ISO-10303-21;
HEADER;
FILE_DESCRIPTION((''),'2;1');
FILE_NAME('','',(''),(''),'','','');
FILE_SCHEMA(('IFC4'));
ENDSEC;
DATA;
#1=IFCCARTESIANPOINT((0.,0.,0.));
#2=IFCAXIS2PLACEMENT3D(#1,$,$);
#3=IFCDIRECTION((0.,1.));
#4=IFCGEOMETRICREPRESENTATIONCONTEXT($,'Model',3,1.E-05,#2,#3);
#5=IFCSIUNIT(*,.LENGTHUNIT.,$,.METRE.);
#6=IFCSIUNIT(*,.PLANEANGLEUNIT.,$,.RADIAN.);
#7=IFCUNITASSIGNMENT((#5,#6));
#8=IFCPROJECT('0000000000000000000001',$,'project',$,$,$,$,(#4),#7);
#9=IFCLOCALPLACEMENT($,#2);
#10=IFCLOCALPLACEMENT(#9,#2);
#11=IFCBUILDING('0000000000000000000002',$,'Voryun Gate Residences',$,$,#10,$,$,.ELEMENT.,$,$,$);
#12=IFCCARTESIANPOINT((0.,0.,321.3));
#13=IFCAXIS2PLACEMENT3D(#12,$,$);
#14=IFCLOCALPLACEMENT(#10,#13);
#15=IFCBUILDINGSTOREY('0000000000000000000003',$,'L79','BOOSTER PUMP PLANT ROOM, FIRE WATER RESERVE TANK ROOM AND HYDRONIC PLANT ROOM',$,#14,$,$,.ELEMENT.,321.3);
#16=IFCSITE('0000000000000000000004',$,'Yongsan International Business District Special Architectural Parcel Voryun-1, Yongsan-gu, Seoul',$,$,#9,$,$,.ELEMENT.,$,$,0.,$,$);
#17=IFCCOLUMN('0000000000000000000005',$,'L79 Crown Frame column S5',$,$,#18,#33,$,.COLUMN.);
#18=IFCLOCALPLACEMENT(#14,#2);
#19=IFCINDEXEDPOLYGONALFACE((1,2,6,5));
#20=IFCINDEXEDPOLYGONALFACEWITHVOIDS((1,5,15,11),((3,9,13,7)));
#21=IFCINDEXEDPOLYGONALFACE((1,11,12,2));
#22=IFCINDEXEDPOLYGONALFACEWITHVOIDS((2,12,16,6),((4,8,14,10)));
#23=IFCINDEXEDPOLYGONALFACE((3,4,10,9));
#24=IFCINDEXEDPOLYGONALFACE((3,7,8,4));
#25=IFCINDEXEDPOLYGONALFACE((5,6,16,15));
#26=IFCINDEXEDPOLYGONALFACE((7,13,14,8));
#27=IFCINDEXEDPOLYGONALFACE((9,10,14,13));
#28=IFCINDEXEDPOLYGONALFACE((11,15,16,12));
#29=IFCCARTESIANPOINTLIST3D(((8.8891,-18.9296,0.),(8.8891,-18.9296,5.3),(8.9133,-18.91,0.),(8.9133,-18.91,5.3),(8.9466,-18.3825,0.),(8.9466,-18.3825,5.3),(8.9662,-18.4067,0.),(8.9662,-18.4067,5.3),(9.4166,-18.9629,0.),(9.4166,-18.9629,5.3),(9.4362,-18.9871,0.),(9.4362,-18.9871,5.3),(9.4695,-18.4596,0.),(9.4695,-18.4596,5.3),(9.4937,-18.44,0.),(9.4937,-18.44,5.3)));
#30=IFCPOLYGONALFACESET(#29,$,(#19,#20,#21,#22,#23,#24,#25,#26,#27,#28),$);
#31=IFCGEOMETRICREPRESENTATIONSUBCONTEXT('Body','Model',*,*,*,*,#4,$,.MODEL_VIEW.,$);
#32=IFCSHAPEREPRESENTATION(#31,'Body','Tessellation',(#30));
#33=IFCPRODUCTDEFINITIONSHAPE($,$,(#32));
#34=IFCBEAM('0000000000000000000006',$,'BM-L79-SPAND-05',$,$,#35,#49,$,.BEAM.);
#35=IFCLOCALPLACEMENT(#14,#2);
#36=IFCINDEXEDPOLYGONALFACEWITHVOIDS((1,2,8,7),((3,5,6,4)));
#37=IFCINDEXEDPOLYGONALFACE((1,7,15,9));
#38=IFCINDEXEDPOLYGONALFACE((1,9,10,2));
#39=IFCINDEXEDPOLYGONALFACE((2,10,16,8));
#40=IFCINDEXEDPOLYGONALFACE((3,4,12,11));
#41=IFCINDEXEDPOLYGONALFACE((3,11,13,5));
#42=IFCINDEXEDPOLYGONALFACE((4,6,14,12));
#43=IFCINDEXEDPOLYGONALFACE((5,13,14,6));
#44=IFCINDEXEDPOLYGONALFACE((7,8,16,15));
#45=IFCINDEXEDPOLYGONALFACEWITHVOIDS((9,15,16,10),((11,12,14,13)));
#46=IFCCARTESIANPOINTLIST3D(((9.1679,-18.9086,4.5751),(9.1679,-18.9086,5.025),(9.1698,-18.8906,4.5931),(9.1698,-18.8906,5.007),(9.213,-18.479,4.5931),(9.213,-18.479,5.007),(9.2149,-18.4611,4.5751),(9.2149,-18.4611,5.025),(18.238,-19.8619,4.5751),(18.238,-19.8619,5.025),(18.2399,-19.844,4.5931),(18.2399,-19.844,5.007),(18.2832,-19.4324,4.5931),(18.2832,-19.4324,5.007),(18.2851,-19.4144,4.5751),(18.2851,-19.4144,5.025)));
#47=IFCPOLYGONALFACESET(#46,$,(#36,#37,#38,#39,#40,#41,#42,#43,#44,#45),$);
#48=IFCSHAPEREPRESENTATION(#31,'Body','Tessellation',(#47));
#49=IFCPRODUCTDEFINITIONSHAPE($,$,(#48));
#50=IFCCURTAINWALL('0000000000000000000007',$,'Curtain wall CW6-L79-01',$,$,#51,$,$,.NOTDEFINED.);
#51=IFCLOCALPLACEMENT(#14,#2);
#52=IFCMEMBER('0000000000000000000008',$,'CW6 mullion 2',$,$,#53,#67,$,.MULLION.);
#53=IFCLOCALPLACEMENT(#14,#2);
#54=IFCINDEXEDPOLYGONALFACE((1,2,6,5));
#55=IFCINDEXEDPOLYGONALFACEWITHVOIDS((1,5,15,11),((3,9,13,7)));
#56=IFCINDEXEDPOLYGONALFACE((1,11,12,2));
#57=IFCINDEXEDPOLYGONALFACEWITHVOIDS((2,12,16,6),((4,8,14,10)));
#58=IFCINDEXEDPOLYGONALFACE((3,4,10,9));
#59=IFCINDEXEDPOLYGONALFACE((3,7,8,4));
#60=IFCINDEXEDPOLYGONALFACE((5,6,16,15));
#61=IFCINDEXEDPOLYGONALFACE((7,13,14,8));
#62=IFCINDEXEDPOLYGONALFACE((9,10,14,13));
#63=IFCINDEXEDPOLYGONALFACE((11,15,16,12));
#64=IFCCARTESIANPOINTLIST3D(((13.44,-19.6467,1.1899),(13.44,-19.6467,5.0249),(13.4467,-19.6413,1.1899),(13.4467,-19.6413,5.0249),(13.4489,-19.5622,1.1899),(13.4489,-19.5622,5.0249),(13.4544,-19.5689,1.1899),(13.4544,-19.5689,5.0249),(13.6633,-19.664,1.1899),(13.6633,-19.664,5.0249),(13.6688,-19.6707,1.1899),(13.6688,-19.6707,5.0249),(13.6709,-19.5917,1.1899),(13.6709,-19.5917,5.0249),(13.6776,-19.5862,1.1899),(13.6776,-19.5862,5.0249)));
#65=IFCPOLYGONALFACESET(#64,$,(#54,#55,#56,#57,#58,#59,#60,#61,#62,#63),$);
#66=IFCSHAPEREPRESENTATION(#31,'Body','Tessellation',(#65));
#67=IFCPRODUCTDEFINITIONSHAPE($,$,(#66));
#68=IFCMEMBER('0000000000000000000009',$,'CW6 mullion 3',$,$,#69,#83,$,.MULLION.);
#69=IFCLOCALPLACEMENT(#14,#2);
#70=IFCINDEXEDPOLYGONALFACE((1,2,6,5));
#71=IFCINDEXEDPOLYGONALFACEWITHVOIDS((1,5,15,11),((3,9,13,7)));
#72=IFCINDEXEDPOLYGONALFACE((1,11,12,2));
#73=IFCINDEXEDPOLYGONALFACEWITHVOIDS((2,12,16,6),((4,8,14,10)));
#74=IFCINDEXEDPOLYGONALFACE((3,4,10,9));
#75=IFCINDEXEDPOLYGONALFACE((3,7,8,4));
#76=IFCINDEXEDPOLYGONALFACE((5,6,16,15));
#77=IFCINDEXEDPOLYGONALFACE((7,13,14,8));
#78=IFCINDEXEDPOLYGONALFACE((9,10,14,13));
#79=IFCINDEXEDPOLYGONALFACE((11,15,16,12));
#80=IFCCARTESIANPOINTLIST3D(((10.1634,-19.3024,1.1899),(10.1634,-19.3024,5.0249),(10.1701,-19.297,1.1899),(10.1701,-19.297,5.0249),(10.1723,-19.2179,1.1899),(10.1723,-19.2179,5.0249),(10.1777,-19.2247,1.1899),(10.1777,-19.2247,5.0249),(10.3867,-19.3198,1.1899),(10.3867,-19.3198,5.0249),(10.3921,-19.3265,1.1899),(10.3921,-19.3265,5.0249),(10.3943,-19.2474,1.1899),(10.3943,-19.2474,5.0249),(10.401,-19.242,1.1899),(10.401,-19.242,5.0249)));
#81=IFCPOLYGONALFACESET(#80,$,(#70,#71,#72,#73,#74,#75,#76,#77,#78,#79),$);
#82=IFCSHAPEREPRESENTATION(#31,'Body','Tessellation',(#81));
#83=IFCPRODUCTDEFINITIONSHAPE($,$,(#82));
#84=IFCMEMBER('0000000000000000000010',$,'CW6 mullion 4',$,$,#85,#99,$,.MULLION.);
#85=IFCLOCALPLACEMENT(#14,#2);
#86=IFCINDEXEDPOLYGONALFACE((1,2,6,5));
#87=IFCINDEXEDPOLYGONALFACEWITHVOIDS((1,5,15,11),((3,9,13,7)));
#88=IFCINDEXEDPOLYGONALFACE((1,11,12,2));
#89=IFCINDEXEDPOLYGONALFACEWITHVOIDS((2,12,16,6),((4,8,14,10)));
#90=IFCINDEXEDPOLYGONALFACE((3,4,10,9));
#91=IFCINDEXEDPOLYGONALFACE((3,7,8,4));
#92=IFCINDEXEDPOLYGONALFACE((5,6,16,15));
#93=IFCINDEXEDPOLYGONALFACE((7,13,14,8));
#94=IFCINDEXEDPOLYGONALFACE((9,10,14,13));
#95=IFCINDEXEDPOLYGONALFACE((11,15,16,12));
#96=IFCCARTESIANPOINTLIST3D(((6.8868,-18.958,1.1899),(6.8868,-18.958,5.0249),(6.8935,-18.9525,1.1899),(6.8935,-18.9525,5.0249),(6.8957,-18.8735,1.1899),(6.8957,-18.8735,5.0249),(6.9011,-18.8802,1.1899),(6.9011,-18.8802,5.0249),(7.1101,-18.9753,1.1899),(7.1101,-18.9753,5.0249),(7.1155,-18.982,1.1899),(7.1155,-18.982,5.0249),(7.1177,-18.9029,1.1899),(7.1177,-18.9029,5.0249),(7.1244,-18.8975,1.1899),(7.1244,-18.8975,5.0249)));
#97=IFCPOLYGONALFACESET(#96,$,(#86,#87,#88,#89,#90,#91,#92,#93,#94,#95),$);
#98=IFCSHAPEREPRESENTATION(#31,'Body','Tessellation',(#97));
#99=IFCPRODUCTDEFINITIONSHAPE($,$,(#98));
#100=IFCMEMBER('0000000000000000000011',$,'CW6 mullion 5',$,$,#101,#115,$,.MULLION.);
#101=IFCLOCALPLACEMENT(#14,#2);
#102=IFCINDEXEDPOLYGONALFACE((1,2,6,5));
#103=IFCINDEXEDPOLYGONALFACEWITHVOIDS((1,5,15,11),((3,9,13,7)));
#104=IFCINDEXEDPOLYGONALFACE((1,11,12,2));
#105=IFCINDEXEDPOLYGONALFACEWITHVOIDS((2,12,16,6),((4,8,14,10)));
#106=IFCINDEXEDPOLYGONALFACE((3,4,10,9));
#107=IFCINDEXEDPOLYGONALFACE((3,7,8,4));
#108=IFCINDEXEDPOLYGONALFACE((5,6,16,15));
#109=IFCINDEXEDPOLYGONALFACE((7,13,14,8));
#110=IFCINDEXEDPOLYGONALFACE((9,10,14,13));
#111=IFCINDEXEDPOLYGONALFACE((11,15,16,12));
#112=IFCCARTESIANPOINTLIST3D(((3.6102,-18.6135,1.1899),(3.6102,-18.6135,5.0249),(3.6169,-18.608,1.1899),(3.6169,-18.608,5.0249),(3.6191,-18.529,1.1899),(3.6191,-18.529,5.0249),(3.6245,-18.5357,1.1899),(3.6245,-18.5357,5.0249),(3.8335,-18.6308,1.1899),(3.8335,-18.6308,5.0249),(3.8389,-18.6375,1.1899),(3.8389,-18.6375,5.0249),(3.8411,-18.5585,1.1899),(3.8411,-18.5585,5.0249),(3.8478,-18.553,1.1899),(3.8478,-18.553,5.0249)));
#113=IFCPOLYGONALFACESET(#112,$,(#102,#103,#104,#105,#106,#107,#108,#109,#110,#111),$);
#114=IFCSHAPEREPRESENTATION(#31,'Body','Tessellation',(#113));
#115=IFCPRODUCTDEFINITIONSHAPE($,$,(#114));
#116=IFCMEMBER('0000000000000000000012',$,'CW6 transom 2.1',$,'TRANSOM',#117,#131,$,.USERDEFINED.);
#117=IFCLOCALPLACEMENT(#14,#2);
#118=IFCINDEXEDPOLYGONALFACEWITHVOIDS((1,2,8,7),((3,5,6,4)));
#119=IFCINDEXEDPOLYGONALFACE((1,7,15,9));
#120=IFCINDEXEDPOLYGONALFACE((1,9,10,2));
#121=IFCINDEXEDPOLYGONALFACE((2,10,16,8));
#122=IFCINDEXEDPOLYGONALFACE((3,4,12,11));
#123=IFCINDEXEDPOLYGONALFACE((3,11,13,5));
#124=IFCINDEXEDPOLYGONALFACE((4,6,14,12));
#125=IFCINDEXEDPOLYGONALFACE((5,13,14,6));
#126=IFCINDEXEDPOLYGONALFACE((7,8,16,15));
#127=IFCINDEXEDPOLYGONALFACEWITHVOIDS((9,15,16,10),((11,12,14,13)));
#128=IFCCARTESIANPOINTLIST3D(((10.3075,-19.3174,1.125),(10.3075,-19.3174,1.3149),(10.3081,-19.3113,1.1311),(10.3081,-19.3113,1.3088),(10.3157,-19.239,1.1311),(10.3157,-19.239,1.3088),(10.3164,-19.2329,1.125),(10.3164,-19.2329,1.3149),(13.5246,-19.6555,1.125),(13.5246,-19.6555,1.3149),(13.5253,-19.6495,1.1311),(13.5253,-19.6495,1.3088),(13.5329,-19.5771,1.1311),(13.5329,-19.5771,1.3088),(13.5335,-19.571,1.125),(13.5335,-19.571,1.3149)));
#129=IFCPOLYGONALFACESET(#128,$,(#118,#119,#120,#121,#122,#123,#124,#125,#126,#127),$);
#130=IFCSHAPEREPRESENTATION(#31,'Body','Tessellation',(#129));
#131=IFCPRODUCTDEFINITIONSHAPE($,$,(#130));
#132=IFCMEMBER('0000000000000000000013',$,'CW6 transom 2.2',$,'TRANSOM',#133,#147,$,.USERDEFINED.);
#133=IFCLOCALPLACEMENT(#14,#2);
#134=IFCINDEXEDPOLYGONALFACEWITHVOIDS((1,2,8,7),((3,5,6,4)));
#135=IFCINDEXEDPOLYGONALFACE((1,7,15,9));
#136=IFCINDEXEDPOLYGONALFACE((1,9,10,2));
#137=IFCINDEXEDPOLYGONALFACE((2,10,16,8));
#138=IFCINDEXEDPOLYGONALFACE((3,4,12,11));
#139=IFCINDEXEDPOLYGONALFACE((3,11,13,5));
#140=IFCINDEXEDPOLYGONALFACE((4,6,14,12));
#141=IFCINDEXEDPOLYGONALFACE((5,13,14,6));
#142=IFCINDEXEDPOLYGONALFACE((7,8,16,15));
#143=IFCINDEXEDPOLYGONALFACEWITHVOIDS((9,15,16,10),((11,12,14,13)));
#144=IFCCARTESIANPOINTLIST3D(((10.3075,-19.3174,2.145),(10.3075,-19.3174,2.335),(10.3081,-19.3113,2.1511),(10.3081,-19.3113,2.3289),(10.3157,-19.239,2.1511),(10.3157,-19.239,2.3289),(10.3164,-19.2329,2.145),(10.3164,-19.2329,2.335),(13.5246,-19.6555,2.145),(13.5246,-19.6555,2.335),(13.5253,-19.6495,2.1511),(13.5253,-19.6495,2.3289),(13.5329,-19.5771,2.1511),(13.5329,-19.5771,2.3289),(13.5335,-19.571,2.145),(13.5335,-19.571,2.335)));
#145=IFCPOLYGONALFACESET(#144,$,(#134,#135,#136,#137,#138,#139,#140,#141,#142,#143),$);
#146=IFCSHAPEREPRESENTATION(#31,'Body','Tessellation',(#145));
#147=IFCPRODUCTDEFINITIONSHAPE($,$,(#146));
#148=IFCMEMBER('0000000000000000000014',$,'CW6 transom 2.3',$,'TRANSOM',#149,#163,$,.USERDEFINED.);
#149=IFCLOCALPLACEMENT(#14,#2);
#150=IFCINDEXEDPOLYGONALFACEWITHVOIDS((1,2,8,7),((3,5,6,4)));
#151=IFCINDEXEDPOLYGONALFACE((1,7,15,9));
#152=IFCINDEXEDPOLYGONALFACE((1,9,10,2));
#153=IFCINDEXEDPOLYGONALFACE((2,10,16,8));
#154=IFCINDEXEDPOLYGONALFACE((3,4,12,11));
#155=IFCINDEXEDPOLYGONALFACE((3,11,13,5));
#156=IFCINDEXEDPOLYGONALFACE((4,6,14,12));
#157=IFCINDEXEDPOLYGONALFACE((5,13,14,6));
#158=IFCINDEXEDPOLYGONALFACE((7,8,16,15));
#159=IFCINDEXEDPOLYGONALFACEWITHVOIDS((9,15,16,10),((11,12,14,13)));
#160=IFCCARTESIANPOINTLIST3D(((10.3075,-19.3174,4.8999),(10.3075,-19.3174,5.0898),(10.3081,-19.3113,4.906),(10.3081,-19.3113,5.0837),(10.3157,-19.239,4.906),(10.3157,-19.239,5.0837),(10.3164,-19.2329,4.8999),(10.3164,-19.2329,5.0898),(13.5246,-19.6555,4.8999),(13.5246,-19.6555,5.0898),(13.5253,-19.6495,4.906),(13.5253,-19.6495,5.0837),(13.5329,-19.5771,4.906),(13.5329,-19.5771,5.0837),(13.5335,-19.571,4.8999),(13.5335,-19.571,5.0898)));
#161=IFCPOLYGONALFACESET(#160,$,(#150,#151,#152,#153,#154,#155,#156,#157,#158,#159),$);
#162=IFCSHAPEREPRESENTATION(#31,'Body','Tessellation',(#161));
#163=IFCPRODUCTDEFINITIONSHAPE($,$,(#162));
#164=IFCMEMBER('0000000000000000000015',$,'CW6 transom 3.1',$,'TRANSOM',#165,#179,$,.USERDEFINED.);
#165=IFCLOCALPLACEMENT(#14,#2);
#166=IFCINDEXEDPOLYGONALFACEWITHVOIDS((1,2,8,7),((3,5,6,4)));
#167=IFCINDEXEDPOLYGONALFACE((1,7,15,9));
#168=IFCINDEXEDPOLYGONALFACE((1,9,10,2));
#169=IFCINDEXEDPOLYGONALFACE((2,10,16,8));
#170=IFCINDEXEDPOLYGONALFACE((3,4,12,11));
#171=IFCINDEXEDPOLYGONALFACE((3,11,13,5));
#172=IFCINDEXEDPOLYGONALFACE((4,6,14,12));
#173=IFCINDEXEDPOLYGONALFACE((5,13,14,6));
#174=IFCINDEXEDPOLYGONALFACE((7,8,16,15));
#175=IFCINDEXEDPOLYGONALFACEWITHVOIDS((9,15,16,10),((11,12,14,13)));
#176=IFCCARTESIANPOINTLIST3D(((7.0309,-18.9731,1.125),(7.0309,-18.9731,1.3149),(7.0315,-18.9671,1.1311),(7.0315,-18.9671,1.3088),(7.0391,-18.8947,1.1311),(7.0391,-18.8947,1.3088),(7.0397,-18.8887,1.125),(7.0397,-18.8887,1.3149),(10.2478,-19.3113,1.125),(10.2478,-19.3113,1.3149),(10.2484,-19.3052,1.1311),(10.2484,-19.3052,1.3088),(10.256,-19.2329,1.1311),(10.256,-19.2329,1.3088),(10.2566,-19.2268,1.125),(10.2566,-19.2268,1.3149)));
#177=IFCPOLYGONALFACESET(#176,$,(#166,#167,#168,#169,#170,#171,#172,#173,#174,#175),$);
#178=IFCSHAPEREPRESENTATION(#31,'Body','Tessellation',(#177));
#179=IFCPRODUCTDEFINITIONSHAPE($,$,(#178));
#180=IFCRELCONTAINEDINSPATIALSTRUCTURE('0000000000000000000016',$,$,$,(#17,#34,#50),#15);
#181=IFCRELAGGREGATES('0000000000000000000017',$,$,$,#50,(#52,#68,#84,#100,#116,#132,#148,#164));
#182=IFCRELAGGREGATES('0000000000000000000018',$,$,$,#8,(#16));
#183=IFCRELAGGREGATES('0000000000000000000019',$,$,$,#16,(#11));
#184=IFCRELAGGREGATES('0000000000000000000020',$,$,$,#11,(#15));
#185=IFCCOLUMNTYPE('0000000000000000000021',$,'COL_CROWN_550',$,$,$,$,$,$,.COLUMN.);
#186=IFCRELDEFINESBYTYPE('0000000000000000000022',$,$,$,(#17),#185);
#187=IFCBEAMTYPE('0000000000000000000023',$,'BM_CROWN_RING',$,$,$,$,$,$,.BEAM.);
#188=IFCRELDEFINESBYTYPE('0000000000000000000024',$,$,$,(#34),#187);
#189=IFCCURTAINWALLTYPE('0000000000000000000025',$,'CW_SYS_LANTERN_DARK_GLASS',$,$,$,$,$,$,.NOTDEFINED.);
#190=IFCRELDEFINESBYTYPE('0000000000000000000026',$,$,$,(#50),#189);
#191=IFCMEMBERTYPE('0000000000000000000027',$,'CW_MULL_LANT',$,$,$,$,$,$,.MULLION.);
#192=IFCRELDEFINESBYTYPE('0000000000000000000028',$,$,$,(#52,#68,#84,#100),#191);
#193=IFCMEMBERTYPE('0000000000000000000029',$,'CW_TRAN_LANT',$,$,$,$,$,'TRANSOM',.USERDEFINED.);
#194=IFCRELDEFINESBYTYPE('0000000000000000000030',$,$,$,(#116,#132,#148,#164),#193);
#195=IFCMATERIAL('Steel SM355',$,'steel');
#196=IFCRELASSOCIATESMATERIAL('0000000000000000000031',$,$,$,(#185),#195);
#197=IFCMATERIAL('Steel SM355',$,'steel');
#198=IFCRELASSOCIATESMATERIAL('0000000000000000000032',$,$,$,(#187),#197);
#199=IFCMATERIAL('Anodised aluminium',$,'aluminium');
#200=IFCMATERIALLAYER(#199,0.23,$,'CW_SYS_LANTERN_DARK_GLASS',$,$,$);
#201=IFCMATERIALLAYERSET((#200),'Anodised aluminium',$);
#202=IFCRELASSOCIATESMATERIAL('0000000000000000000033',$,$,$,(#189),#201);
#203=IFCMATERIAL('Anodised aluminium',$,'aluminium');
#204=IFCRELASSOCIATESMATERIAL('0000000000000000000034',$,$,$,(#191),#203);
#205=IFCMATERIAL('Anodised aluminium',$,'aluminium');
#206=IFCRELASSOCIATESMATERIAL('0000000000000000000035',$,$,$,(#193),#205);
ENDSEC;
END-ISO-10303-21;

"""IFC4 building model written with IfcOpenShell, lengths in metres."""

from ifc_helpers import new_model, si_unit, direction, frame, origin, origin_2d, place, context, subcontext, project, spatial, hollow_rectangle, extrude, material, layer, layer_set, material_profile, profile_set, type_object, element, aggregate, save


model = new_model("IFC4")

# Units and contexts
model_context = context("Model", 3, precision=1e-05, world=origin(), true_north=direction((0.0, 1.0)))
body_context = subcontext(model_context, "Body", "Model", "MODEL_VIEW")
ifc_project = project(units=[si_unit("LENGTHUNIT", "METRE"), si_unit("PLANEANGLEUNIT", "RADIAN")], contexts=[model_context])

# Site, building, storey
site_placement = place(None, origin())
site = spatial("IfcSite", under=ifc_project, at=site_placement, Name="Yongsan International Business District Special Architectural Parcel Voryun-1, Yongsan-gu, Seoul", CompositionType="ELEMENT", RefElevation=0.0)
building_placement = place(site_placement, origin())
building = spatial("IfcBuilding", under=site, at=building_placement, Name="Voryun Gate Residences", CompositionType="ELEMENT")
storey_placement = place(building_placement, frame((0.0, 0.0, 321.3)))
storey = spatial("IfcBuildingStorey", under=building, at=storey_placement, Name="L79", Description="BOOSTER PUMP PLANT ROOM, FIRE WATER RESERVE TANK ROOM AND HYDRONIC PLANT ROOM", CompositionType="ELEMENT", Elevation=321.3)

# Column
ifc_material_1 = material(Name="Steel SM355", Category="steel")
ifc_material_profile_1 = material_profile(ifc_material_1, hollow_rectangle(XDim=0.55, YDim=0.55, WallThickness=0.022, at=origin_2d()), Name="BOX-550x550x22")
ifc_profile_set_1 = profile_set([ifc_material_profile_1], Name="Steel SM355")
column_type = type_object("IfcColumnType", Name="COL_CROWN_550", PredefinedType="COLUMN", material=ifc_profile_set_1)
column_placement = place(storey_placement, frame((9.1914, -18.6848, 0.0), z_axis=(0.0, 0.0, 1.0), x_axis=(0.994522, -0.104528, 0.0)))
element("IfcColumn", 1, at=column_placement, inside=storey, type_object=column_type, Name="L79 Crown Frame column S5", PredefinedType="COLUMN", context=body_context, shape_type="SweptSolid", body=[
    extrude(hollow_rectangle(XDim=0.55, YDim=0.55, WallThickness=0.022, at=origin_2d()), origin(), (0.0, 0.0, 1.0), 5.3),
])

# Beam
ifc_material_2 = material(Name="Steel SM355", Category="steel")
ifc_material_profile_2 = material_profile(ifc_material_2, hollow_rectangle(XDim=0.45, YDim=0.45, WallThickness=0.0181, at=origin_2d()), Name="BOX-450x450x18")
ifc_profile_set_2 = profile_set([ifc_material_profile_2], Name="Steel SM355")
beam_type = type_object("IfcBeamType", Name="BM_CROWN_RING", PredefinedType="BEAM", material=ifc_profile_set_2)
beam_placement = place(storey_placement, frame((9.1914, -18.6848, 4.8), z_axis=(0.994521, -0.104536, 0.0), x_axis=(0.104536, 0.994521, 0.0)))
element("IfcBeam", 2, at=beam_placement, inside=storey, type_object=beam_type, Name="BM-L79-SPAND-05", PredefinedType="BEAM", context=body_context, shape_type="SweptSolid", body=[
    extrude(hollow_rectangle(XDim=0.45, YDim=0.45, WallThickness=0.0181, at=origin_2d()), origin(), (0.0, 0.0, 1.0), 9.1201),
])

# Curtain wall, members
ifc_material_3 = material(Name="Anodised aluminium", Category="aluminium")
ifc_layer_1 = layer(ifc_material_3, 0.23, Name="CW_SYS_LANTERN_DARK_GLASS")
ifc_layer_set_1 = layer_set([ifc_layer_1], Name="Anodised aluminium")
curtain_wall_type = type_object("IfcCurtainWallType", Name="CW_SYS_LANTERN_DARK_GLASS", PredefinedType="NOTDEFINED", material=ifc_layer_set_1)
curtain_wall_placement = place(storey_placement, origin())
curtain_wall = element("IfcCurtainWall", 3, at=curtain_wall_placement, inside=storey, type_object=curtain_wall_type, Name="Curtain wall CW6-L79-01", PredefinedType="NOTDEFINED")
ifc_material_4 = material(Name="Anodised aluminium", Category="aluminium")
ifc_material_profile_3 = material_profile(ifc_material_4, hollow_rectangle(XDim=0.085, YDim=0.23, WallThickness=0.0061, at=origin_2d()), Name="ALU-MULL-230x85x6")
ifc_profile_set_3 = profile_set([ifc_material_profile_3], Name="Anodised aluminium")
member_type_1 = type_object("IfcMemberType", Name="CW_MULL_LANT", PredefinedType="MULLION", material=ifc_profile_set_3)
member_1_placement = place(storey_placement, frame((13.5588, -19.6165, 1.1899), z_axis=(0.0, 0.0, 1.0), x_axis=(-0.104528, -0.994522, 0.0)))
member_1 = element("IfcMember", 4, at=member_1_placement, type_object=member_type_1, Name="CW6 mullion 2", PredefinedType="MULLION", context=body_context, shape_type="SweptSolid", body=[
    extrude(hollow_rectangle(XDim=0.085, YDim=0.23, WallThickness=0.0061, at=origin_2d()), origin(), (0.0, 0.0, 1.0), 3.835),
])
member_2_placement = place(storey_placement, frame((10.2822, -19.2722, 1.1899), z_axis=(0.0, 0.0, 1.0), x_axis=(-0.104528, -0.994522, 0.0)))
member_2 = element("IfcMember", 5, at=member_2_placement, type_object=member_type_1, Name="CW6 mullion 3", PredefinedType="MULLION", context=body_context, shape_type="SweptSolid", body=[
    extrude(hollow_rectangle(XDim=0.085, YDim=0.23, WallThickness=0.0061, at=origin_2d()), origin(), (0.0, 0.0, 1.0), 3.835),
])
member_3_placement = place(storey_placement, frame((7.0056, -18.9277, 1.1899), z_axis=(0.0, 0.0, 1.0), x_axis=(-0.104528, -0.994522, 0.0)))
member_3 = element("IfcMember", 6, at=member_3_placement, type_object=member_type_1, Name="CW6 mullion 4", PredefinedType="MULLION", context=body_context, shape_type="SweptSolid", body=[
    extrude(hollow_rectangle(XDim=0.085, YDim=0.23, WallThickness=0.0061, at=origin_2d()), origin(), (0.0, 0.0, 1.0), 3.835),
])
member_4_placement = place(storey_placement, frame((3.729, -18.5833, 1.1899), z_axis=(0.0, 0.0, 1.0), x_axis=(-0.104528, -0.994522, 0.0)))
member_4 = element("IfcMember", 7, at=member_4_placement, type_object=member_type_1, Name="CW6 mullion 5", PredefinedType="MULLION", context=body_context, shape_type="SweptSolid", body=[
    extrude(hollow_rectangle(XDim=0.085, YDim=0.23, WallThickness=0.0061, at=origin_2d()), origin(), (0.0, 0.0, 1.0), 3.835),
])
ifc_material_5 = material(Name="Anodised aluminium", Category="aluminium")
ifc_material_profile_4 = material_profile(ifc_material_5, hollow_rectangle(XDim=0.085, YDim=0.1899, WallThickness=0.0061, at=origin_2d()), Name="ALU-TRAN-190x85x6")
ifc_profile_set_4 = profile_set([ifc_material_profile_4], Name="Anodised aluminium")
member_type_2 = type_object("IfcMemberType", Name="CW_TRAN_LANT", ElementType="TRANSOM", PredefinedType="USERDEFINED", material=ifc_profile_set_4)
member_5_placement = place(storey_placement, frame((13.5291, -19.6133, 1.22), z_axis=(-0.994522, 0.104532, 0.0), x_axis=(-0.104532, -0.994522, 0.0)))
member_5 = element("IfcMember", 8, at=member_5_placement, type_object=member_type_2, Name="CW6 transom 2.1", ObjectType="TRANSOM", PredefinedType="USERDEFINED", context=body_context, shape_type="SweptSolid", body=[
    extrude(hollow_rectangle(XDim=0.085, YDim=0.1899, WallThickness=0.0061, at=origin_2d()), origin(), (0.0, 0.0, 1.0), 3.2349),
])
member_6_placement = place(storey_placement, frame((13.5291, -19.6133, 2.24), z_axis=(-0.994522, 0.104532, 0.0), x_axis=(-0.104532, -0.994522, 0.0)))
member_6 = element("IfcMember", 9, at=member_6_placement, type_object=member_type_2, Name="CW6 transom 2.2", ObjectType="TRANSOM", PredefinedType="USERDEFINED", context=body_context, shape_type="SweptSolid", body=[
    extrude(hollow_rectangle(XDim=0.085, YDim=0.1899, WallThickness=0.0061, at=origin_2d()), origin(), (0.0, 0.0, 1.0), 3.2349),
])
member_7_placement = place(storey_placement, frame((13.5291, -19.6133, 4.9949), z_axis=(-0.994522, 0.104532, 0.0), x_axis=(-0.104532, -0.994522, 0.0)))
member_7 = element("IfcMember", 10, at=member_7_placement, type_object=member_type_2, Name="CW6 transom 2.3", ObjectType="TRANSOM", PredefinedType="USERDEFINED", context=body_context, shape_type="SweptSolid", body=[
    extrude(hollow_rectangle(XDim=0.085, YDim=0.1899, WallThickness=0.0061, at=origin_2d()), origin(), (0.0, 0.0, 1.0), 3.2349),
])
member_8_placement = place(storey_placement, frame((10.2522, -19.269, 1.22), z_axis=(-0.994521, 0.104539, 0.0), x_axis=(-0.104539, -0.994521, 0.0)))
member_8 = element("IfcMember", 11, at=member_8_placement, type_object=member_type_2, Name="CW6 transom 3.1", ObjectType="TRANSOM", PredefinedType="USERDEFINED", context=body_context, shape_type="SweptSolid", body=[
    extrude(hollow_rectangle(XDim=0.085, YDim=0.1899, WallThickness=0.0061, at=origin_2d()), origin(), (0.0, 0.0, 1.0), 3.2346),
])

aggregate(curtain_wall, [member_1, member_2, member_3, member_4, member_5, member_6, member_7, member_8])

save(model, "model.ifc")
